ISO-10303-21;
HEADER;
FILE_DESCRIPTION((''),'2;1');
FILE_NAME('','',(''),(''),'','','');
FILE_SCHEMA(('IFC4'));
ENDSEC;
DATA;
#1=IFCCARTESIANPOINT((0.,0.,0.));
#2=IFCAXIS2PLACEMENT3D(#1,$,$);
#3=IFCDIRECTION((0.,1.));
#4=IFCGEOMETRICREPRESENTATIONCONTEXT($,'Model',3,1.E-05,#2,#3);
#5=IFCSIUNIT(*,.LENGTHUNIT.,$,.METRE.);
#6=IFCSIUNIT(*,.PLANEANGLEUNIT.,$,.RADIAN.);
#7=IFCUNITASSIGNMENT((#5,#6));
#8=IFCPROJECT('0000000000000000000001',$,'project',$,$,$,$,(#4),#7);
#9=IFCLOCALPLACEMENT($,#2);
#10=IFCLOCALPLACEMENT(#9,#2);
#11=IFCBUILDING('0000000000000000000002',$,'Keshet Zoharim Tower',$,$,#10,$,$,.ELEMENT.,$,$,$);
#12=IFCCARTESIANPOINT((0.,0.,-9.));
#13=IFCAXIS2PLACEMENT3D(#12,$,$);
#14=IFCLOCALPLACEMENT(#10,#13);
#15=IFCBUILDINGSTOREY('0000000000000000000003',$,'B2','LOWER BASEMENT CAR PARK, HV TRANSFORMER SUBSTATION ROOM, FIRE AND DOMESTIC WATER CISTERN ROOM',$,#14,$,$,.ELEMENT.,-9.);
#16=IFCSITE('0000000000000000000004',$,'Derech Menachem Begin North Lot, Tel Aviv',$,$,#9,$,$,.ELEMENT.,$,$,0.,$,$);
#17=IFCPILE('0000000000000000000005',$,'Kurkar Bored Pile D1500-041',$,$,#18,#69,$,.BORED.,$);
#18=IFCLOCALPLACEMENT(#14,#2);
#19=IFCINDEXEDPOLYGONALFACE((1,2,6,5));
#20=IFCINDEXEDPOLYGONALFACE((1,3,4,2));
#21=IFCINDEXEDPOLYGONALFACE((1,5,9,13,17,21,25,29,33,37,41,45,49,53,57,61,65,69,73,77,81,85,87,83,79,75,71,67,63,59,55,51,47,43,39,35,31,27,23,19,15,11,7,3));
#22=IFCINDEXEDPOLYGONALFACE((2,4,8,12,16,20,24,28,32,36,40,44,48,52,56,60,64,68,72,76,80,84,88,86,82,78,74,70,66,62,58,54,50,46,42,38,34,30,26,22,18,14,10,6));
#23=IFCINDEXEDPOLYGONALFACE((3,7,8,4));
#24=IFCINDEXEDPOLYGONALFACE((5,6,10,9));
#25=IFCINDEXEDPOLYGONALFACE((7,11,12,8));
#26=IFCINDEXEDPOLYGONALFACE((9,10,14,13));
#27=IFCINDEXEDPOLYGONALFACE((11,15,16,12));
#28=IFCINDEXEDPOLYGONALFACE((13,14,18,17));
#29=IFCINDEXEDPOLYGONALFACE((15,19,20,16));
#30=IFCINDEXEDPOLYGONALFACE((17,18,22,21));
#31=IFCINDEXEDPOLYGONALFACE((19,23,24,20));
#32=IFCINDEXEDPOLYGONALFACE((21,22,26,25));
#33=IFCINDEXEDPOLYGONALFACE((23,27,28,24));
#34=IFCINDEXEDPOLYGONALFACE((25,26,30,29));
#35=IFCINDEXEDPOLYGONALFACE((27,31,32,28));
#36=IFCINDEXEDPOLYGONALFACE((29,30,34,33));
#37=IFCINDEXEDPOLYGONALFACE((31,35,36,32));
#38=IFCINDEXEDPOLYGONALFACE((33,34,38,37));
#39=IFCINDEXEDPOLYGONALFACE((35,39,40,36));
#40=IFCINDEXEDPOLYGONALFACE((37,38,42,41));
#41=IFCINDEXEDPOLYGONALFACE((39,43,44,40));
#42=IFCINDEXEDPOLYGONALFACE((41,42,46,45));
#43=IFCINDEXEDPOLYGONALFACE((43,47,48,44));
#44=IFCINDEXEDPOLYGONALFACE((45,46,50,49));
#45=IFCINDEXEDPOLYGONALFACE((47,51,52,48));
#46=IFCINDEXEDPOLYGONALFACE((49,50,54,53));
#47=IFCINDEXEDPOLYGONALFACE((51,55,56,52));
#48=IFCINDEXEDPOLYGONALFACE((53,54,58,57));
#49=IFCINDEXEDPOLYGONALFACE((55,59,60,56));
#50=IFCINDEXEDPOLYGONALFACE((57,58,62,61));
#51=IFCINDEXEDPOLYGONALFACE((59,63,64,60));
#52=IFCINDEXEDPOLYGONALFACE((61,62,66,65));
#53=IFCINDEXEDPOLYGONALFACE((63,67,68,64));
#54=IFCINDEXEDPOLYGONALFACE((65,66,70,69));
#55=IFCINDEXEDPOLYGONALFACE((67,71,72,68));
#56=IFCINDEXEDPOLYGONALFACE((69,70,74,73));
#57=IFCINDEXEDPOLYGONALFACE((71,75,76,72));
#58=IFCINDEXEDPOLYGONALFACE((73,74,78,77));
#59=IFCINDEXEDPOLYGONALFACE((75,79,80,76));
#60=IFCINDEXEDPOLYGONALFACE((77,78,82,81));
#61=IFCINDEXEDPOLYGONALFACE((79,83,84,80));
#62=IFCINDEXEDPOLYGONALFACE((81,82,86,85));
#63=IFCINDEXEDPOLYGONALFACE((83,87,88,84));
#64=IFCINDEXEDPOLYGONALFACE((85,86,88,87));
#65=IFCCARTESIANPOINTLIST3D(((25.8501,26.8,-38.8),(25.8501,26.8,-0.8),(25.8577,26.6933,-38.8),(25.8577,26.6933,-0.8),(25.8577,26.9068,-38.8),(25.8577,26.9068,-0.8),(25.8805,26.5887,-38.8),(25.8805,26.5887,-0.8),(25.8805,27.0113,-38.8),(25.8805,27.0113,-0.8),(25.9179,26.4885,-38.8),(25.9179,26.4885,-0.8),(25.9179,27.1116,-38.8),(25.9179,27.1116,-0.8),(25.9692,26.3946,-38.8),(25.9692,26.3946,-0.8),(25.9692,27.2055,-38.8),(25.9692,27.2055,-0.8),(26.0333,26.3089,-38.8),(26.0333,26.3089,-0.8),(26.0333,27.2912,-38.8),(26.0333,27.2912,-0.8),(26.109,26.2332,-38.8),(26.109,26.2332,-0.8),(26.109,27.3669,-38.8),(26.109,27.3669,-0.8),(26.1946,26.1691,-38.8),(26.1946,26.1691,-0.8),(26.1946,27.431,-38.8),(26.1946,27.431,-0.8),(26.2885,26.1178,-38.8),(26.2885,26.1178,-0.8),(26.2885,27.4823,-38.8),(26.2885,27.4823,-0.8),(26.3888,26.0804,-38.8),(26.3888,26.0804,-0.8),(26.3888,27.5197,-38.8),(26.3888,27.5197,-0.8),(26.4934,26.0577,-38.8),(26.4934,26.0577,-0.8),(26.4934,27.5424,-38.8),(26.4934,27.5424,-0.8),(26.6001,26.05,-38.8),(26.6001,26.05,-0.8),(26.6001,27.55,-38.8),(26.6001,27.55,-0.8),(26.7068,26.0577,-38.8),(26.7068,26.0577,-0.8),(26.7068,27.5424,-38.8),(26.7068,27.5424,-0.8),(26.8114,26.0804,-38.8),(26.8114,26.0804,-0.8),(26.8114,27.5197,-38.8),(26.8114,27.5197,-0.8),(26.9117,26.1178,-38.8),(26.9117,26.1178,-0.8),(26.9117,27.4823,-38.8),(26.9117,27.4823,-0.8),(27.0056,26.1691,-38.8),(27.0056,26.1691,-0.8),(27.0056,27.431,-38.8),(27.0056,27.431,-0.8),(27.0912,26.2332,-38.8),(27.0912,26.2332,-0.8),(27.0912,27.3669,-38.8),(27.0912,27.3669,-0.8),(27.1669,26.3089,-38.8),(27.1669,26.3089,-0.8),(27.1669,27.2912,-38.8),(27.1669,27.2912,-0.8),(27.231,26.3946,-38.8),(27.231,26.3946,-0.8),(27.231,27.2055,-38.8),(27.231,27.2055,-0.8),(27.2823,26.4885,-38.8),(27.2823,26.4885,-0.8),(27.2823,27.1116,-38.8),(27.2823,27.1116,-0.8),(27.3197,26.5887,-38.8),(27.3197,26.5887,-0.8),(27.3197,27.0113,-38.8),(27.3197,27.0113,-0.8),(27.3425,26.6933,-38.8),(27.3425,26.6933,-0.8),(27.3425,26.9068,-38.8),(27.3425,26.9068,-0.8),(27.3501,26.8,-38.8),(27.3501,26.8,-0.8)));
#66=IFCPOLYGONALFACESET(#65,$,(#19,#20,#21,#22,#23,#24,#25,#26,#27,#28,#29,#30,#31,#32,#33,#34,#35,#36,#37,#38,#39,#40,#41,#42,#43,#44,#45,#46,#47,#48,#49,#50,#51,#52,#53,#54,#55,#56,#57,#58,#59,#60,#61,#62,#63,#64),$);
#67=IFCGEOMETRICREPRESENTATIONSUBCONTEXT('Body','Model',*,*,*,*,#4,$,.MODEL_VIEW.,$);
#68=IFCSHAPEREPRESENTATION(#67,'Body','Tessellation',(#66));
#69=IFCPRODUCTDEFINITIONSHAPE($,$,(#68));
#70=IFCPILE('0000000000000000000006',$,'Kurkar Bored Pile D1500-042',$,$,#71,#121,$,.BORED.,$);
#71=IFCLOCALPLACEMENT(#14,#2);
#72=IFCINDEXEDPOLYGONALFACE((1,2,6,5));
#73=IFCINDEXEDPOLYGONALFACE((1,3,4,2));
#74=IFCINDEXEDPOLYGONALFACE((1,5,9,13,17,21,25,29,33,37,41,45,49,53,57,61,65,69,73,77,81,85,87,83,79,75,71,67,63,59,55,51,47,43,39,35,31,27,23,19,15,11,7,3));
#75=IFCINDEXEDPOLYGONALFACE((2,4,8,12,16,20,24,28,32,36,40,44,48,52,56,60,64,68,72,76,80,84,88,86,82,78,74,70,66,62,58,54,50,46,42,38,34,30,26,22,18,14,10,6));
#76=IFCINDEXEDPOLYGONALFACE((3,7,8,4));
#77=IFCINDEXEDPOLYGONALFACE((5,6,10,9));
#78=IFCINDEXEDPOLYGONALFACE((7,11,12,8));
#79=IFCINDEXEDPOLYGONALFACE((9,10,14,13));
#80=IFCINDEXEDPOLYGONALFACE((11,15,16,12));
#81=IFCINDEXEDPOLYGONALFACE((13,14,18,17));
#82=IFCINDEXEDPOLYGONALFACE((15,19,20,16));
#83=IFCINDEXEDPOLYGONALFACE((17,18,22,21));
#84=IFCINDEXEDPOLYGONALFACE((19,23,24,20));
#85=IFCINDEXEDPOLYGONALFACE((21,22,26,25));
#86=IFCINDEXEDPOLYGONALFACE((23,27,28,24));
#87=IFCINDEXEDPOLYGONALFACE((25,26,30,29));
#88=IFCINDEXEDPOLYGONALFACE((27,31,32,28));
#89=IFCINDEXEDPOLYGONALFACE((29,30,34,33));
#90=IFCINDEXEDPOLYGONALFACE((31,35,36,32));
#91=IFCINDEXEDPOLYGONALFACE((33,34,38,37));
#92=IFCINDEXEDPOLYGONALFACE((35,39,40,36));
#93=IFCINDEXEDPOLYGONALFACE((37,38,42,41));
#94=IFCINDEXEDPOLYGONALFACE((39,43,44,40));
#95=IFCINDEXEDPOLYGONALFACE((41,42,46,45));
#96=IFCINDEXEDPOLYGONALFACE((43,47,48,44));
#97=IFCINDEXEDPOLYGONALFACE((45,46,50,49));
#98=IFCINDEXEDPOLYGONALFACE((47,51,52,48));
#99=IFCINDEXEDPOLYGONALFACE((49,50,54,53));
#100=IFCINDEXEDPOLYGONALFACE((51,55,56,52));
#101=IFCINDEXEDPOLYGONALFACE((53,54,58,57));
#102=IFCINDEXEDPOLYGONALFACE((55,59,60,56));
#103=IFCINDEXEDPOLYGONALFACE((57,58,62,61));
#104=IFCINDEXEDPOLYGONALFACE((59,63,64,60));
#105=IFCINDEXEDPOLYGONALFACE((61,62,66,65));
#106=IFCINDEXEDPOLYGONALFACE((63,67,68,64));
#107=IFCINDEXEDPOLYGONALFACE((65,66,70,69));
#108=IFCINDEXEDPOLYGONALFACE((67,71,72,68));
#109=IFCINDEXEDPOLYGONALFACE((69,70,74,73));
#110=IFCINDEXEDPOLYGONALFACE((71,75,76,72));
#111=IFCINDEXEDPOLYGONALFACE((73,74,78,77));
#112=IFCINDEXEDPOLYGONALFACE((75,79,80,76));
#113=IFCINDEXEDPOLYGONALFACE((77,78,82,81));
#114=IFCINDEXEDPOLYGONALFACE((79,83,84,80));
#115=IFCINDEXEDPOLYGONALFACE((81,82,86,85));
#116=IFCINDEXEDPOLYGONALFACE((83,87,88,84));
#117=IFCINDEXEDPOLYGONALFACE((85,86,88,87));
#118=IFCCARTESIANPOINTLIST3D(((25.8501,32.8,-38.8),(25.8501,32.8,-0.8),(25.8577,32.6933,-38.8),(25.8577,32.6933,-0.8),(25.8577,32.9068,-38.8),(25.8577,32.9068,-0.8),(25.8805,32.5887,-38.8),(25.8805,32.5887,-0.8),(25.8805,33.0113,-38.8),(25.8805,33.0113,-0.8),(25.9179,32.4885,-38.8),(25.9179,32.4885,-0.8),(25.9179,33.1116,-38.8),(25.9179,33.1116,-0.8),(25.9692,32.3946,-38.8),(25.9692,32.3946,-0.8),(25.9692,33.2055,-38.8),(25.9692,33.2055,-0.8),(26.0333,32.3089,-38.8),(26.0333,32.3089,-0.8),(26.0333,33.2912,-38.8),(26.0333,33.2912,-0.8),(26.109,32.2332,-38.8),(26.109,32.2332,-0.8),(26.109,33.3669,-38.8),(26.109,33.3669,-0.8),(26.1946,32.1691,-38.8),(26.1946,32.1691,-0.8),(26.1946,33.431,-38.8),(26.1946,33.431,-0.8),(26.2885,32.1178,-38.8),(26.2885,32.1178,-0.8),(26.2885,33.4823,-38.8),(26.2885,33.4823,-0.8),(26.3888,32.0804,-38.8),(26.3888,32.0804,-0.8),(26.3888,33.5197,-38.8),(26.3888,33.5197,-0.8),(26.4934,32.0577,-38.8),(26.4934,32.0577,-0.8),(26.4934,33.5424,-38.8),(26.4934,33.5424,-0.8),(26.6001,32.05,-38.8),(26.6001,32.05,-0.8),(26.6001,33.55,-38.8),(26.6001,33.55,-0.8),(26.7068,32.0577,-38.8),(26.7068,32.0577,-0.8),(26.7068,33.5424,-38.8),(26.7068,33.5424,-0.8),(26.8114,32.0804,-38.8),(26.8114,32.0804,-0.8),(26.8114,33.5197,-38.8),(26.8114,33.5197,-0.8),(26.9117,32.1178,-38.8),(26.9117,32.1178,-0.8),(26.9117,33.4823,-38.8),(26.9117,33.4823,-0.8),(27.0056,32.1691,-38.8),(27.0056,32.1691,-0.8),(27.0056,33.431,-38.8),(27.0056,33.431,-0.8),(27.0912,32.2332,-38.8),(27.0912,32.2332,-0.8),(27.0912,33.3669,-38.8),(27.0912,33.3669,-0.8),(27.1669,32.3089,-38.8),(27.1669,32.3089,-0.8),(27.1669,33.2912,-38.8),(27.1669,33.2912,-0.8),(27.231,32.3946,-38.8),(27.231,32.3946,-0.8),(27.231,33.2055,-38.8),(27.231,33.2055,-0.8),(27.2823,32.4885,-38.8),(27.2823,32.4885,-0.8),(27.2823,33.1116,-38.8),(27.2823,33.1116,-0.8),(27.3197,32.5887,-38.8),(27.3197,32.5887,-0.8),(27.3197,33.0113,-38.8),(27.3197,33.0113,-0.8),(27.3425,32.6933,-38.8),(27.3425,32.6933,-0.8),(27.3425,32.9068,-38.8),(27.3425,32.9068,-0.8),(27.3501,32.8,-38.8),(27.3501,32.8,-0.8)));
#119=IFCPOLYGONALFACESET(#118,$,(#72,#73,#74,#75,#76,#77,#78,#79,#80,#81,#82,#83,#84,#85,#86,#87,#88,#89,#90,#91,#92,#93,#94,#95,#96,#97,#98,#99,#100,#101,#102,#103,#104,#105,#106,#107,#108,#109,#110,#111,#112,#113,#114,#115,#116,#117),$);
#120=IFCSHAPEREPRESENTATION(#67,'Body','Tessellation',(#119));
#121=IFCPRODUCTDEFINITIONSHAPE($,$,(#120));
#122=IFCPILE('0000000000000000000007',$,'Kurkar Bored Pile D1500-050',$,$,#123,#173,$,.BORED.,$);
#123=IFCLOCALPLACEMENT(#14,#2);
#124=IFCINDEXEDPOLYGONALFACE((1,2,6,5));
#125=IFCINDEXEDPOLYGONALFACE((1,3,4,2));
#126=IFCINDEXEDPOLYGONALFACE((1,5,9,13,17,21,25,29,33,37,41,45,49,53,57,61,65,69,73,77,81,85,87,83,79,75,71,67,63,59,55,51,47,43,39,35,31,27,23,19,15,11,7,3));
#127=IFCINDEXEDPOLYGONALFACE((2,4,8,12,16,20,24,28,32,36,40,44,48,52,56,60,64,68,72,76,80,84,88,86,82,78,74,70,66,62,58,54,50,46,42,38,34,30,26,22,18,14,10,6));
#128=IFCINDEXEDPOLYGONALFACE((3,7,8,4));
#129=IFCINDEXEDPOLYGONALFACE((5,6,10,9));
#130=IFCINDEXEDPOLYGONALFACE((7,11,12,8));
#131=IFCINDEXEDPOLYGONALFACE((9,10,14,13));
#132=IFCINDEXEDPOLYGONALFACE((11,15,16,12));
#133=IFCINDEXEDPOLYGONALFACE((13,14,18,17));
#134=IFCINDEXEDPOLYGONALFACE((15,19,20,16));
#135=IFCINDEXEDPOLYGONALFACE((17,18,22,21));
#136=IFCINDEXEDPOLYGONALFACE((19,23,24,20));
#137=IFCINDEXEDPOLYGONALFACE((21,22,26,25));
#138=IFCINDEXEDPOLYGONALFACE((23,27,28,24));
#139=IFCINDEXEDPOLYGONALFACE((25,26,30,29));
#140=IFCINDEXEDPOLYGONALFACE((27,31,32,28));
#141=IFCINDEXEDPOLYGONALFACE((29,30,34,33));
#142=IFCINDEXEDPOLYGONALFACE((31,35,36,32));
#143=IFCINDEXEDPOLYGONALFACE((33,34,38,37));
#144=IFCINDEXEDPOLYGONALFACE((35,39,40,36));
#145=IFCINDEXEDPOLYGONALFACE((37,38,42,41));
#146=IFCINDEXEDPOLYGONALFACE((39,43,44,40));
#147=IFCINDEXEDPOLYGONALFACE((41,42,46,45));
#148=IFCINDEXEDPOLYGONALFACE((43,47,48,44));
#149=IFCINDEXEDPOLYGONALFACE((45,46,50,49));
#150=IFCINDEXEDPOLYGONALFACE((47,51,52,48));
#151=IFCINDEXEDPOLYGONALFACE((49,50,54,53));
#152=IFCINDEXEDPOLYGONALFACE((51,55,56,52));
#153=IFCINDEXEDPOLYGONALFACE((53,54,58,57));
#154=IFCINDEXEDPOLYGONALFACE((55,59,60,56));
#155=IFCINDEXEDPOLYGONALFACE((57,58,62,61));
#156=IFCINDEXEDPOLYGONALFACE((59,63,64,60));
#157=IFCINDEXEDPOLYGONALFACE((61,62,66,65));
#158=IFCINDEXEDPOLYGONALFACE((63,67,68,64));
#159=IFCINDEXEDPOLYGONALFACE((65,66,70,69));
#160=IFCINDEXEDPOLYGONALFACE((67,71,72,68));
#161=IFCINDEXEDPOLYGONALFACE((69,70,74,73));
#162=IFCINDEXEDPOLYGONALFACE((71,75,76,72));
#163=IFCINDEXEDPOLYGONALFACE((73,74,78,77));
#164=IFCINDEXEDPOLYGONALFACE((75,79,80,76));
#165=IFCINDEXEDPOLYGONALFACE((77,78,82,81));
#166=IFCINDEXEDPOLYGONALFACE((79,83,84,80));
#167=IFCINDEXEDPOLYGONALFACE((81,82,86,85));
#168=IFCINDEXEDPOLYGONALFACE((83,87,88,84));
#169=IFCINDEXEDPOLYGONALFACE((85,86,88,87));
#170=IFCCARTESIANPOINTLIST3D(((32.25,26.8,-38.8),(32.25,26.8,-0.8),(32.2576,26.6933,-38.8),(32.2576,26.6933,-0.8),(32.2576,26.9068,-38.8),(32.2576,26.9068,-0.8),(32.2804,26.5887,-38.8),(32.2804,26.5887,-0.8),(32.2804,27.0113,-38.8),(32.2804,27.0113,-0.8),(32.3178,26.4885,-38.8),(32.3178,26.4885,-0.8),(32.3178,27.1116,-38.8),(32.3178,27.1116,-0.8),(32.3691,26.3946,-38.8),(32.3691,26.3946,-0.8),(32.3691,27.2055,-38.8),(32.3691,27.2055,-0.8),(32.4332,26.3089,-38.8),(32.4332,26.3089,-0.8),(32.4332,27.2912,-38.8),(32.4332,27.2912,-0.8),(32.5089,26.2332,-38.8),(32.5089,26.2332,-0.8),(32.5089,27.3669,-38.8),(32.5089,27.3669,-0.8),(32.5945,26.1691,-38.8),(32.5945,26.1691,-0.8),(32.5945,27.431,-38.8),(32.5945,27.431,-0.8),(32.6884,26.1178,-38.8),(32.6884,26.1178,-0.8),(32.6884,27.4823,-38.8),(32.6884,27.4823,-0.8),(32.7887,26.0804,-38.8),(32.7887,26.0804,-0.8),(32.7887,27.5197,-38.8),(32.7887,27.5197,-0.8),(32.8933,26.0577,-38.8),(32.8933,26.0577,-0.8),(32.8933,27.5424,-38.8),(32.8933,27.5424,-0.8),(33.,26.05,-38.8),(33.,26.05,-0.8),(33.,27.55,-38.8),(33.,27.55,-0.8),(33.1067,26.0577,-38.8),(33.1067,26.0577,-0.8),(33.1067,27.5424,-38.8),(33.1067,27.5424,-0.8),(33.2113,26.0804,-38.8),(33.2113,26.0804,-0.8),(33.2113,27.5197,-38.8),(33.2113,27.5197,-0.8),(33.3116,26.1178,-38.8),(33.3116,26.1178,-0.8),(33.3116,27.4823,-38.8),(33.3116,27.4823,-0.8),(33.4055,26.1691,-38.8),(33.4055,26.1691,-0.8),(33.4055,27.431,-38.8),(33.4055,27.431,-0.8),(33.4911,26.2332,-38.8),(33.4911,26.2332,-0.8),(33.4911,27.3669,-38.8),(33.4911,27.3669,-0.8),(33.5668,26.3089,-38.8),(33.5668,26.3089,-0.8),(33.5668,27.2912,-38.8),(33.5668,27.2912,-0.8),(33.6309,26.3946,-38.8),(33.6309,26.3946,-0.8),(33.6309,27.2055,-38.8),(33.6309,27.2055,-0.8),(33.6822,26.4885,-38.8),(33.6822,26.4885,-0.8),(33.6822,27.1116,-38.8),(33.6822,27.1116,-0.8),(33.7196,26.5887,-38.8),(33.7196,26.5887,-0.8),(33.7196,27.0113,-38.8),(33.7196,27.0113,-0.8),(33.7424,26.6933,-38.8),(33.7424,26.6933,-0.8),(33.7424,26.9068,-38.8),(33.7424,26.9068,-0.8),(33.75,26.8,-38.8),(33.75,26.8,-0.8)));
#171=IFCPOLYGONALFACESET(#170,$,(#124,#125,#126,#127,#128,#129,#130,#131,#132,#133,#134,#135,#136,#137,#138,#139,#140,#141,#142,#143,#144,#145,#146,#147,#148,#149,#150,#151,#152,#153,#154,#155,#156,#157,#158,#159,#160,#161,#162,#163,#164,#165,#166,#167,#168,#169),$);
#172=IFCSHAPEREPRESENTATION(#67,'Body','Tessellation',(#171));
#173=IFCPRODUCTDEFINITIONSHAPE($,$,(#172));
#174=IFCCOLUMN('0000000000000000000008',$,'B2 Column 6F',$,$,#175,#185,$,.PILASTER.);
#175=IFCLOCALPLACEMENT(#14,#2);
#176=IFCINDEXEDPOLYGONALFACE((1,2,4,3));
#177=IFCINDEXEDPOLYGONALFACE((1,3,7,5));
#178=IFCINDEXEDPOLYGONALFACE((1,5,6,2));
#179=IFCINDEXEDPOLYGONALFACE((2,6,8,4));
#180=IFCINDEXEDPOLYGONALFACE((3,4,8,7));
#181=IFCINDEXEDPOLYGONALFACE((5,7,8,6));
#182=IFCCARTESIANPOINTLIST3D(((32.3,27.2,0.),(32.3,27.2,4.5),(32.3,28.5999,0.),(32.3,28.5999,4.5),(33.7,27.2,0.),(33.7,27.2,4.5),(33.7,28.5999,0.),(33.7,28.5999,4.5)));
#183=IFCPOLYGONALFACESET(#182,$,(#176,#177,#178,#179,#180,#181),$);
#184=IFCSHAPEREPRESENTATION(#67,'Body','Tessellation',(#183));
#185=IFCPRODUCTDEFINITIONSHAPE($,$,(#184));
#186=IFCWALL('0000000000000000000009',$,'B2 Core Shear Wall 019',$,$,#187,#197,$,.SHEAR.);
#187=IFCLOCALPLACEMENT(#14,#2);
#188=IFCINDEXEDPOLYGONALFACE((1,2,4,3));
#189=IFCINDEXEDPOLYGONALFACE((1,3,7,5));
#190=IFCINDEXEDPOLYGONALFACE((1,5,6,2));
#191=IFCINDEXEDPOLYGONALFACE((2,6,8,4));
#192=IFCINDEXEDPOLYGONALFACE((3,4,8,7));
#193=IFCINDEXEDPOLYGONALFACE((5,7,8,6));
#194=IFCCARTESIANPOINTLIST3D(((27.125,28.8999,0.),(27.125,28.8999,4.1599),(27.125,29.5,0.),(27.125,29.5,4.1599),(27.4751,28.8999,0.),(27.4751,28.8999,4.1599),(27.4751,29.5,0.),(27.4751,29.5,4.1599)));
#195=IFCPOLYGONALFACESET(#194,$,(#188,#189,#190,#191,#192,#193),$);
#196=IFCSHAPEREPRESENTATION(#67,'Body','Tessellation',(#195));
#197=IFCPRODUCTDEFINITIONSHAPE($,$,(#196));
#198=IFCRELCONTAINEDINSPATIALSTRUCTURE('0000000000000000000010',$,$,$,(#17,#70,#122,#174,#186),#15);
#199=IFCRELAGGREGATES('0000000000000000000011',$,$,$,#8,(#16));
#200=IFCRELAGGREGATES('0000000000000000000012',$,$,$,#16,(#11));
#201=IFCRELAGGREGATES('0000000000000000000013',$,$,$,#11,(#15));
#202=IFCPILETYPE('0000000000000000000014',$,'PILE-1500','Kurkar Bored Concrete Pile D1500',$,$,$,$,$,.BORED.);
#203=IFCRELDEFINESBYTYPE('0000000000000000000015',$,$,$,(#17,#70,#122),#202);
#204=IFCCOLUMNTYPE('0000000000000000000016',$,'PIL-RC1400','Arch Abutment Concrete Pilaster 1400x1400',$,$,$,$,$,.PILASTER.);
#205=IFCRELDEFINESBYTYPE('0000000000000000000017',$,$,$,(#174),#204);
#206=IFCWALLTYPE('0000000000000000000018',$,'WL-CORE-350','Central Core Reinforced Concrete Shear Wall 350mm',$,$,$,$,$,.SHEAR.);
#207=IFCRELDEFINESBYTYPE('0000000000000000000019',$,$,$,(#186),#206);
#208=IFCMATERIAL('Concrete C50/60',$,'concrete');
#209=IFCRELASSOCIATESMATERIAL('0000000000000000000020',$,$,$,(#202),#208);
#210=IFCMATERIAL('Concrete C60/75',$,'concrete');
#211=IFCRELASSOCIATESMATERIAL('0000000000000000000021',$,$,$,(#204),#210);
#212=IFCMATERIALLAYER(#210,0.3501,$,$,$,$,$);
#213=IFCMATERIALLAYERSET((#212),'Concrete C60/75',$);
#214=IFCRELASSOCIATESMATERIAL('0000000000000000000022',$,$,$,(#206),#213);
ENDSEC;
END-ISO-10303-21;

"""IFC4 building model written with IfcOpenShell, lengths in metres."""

from ifc_helpers import new_model, si_unit, direction, frame, frame_2d, origin, origin_2d, place, context, subcontext, project, spatial, rectangle, circle, extrude, material, layer, layer_set, material_profile, profile_set, type_object, element, save


model = new_model("IFC4")

# Units and contexts
model_context = context("Model", 3, precision=1e-05, world=origin(), true_north=direction((0.0, 1.0)))
body_context = subcontext(model_context, "Body", "Model", "MODEL_VIEW")
ifc_project = project(units=[si_unit("LENGTHUNIT", "METRE"), si_unit("PLANEANGLEUNIT", "RADIAN")], contexts=[model_context])

# Site, building, storey
site_placement = place(None, origin())
site = spatial("IfcSite", under=ifc_project, at=site_placement, Name="Derech Menachem Begin North Lot, Tel Aviv", CompositionType="ELEMENT", RefElevation=0.0)
building_placement = place(site_placement, origin())
building = spatial("IfcBuilding", under=site, at=building_placement, Name="Keshet Zoharim Tower", CompositionType="ELEMENT")
storey_placement = place(building_placement, frame((0.0, 0.0, -9.0)))
storey = spatial("IfcBuildingStorey", under=building, at=storey_placement, Name="B2", Description="LOWER BASEMENT CAR PARK, HV TRANSFORMER SUBSTATION ROOM, FIRE AND DOMESTIC WATER CISTERN ROOM", CompositionType="ELEMENT", Elevation=-9.0)

# Piles
ifc_material_1 = material(Name="Concrete C50/60", Category="concrete")
ifc_material_profile_1 = material_profile(ifc_material_1, circle(Radius=0.75, at=origin_2d()), Name="PILE-D1500")
ifc_profile_set_1 = profile_set([ifc_material_profile_1], Name="Concrete C50/60")
pile_type_1 = type_object("IfcPileType", Name="PILE-1500", Description="Kurkar Bored Concrete Pile D1500", PredefinedType="BORED", material=ifc_profile_set_1)
for number, where, z_axis, x_axis, name in (
    (1, (26.6001, 26.8, -0.8), (0.0, 0.0, -1.0), (1.0, 0.0, 0.0), "Kurkar Bored Pile D1500-041"),
    (2, (26.6001, 32.8, -0.8), (0.0, 0.0, -1.0), (1.0, 0.0, 0.0), "Kurkar Bored Pile D1500-042"),
    (3, (33.0, 26.8, -0.8), (0.0, 0.0, -1.0), (1.0, 0.0, 0.0), "Kurkar Bored Pile D1500-050"),
):
    element("IfcPile", number, at=place(storey_placement, frame(where, z_axis=z_axis, x_axis=x_axis)), inside=storey, type_object=pile_type_1, Name=name, PredefinedType="BORED", context=body_context, shape_type="SweptSolid", body=[
        extrude(circle(Radius=0.75, at=origin_2d()), origin(), (0.0, 0.0, 1.0), 38.0),
    ])

# Column
ifc_material_2 = material(Name="Concrete C60/75", Category="concrete")
ifc_material_profile_2 = material_profile(ifc_material_2, rectangle(XDim=1.3999, YDim=1.3999, at=origin_2d()), Name="RC1400x1400")
ifc_profile_set_2 = profile_set([ifc_material_profile_2], Name="Concrete C60/75")
column_type = type_object("IfcColumnType", Name="PIL-RC1400", Description="Arch Abutment Concrete Pilaster 1400x1400", PredefinedType="PILASTER", material=ifc_profile_set_2)
column_placement = place(storey_placement, frame((33.0, 27.8999, 0.0), z_axis=(0.0, 0.0, 1.0), x_axis=(1.0, 0.0, 0.0)))
element("IfcColumn", 4, at=column_placement, inside=storey, type_object=column_type, Name="B2 Column 6F", PredefinedType="PILASTER", context=body_context, shape_type="SweptSolid", body=[
    extrude(rectangle(XDim=1.3999, YDim=1.3999, at=origin_2d()), origin(), (0.0, 0.0, 1.0), 4.5),
])

# Wall
ifc_layer_1 = layer(ifc_material_2, 0.3501)
ifc_layer_set_1 = layer_set([ifc_layer_1], Name="Concrete C60/75")
wall_type = type_object("IfcWallType", Name="WL-CORE-350", Description="Central Core Reinforced Concrete Shear Wall 350mm", PredefinedType="SHEAR", material=ifc_layer_set_1)
wall_1_placement = place(storey_placement, frame((27.3, 28.8999, 0.0), z_axis=(0.0, 0.0, 1.0), x_axis=(0.0, 1.0, 0.0)))
element("IfcWall", 5, at=wall_1_placement, inside=storey, type_object=wall_type, Name="B2 Core Shear Wall 019", PredefinedType="SHEAR", context=body_context, shape_type="SweptSolid", body=[
    extrude(rectangle(XDim=0.6001, YDim=0.3501, at=frame_2d((0.3, 0.0))), origin(), (0.0, 0.0, 1.0), 4.1599),
])

save(model, "model.ifc")
